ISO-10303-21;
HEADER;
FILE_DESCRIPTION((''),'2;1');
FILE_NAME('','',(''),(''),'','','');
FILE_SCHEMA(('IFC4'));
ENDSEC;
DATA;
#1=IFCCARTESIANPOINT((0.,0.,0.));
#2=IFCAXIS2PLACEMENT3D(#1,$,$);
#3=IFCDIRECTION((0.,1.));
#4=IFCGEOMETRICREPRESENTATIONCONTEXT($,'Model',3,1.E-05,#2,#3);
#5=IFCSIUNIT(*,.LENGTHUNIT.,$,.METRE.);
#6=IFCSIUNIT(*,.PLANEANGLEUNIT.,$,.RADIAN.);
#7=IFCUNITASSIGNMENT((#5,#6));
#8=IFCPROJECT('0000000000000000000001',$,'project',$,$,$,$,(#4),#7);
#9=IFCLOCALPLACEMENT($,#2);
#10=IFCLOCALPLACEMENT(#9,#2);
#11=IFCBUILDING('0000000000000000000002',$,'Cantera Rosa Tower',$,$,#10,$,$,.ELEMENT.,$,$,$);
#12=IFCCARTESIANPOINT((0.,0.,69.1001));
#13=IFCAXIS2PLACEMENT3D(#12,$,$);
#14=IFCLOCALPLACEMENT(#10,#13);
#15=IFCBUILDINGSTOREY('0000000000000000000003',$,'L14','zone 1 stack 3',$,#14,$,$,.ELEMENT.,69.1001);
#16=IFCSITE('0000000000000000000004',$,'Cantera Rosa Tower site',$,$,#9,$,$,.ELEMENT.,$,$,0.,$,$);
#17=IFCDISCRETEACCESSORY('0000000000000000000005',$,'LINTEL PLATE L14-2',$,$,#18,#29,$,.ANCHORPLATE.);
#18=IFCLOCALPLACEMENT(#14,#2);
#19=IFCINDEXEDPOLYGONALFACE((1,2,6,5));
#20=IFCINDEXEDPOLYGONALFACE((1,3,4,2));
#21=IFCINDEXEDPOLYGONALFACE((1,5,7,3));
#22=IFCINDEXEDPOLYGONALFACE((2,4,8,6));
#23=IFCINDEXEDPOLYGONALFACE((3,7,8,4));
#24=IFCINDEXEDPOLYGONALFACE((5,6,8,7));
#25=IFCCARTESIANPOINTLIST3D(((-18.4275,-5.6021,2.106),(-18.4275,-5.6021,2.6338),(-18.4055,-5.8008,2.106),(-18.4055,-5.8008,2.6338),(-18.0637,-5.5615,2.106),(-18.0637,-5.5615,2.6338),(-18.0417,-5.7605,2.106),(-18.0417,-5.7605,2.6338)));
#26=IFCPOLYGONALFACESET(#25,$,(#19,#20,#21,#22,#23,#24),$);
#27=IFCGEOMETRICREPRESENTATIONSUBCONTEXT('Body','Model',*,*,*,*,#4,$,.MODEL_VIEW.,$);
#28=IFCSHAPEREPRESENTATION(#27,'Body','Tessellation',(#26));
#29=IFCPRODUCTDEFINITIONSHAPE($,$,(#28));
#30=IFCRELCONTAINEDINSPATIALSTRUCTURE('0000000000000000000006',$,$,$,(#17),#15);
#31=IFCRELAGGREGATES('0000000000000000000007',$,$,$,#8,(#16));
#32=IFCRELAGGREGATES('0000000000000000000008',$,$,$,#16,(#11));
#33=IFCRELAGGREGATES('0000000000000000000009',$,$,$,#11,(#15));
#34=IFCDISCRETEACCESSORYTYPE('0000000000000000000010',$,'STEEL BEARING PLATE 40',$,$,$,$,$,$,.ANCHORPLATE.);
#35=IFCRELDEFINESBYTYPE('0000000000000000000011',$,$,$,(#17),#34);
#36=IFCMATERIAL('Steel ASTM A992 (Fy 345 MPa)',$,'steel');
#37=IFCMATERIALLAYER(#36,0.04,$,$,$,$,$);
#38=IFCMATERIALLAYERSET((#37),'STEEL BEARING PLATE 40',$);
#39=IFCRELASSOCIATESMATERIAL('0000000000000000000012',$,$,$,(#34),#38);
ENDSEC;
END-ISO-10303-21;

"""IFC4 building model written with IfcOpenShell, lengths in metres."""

from ifc_helpers import new_model, si_unit, direction, frame, origin, place, context, subcontext, project, spatial, polyline, outline, extrude, material, layer, layer_set, type_object, element, save


model = new_model("IFC4")

# Units and contexts
model_context = context("Model", 3, precision=1e-05, world=origin(), true_north=direction((0.0, 1.0)))
body_context = subcontext(model_context, "Body", "Model", "MODEL_VIEW")
ifc_project = project(units=[si_unit("LENGTHUNIT", "METRE"), si_unit("PLANEANGLEUNIT", "RADIAN")], contexts=[model_context])

# Site, building, storey
site_placement = place(None, origin())
site = spatial("IfcSite", under=ifc_project, at=site_placement, Name="Cantera Rosa Tower site", CompositionType="ELEMENT", RefElevation=0.0)
building_placement = place(site_placement, origin())
building = spatial("IfcBuilding", under=site, at=building_placement, Name="Cantera Rosa Tower", CompositionType="ELEMENT")
storey_placement = place(building_placement, frame((0.0, 0.0, 69.1001)))
storey = spatial("IfcBuildingStorey", under=building, at=storey_placement, Name="L14", Description="zone 1 stack 3", CompositionType="ELEMENT", Elevation=69.1001)

# Discrete accessory
ifc_material_1 = material(Name="Steel ASTM A992 (Fy 345 MPa)", Category="steel")
ifc_layer_1 = layer(ifc_material_1, 0.04)
ifc_layer_set_1 = layer_set([ifc_layer_1], Name="STEEL BEARING PLATE 40")
discrete_accessory_type = type_object("IfcDiscreteAccessoryType", Name="STEEL BEARING PLATE 40", PredefinedType="ANCHORPLATE", material=ifc_layer_set_1)
discrete_accessory_1_placement = place(storey_placement, frame((0.0, 0.0, 2.106)))
element("IfcDiscreteAccessory", 1, at=discrete_accessory_1_placement, inside=storey, type_object=discrete_accessory_type, Name="LINTEL PLATE L14-2", PredefinedType="ANCHORPLATE", context=body_context, shape_type="SweptSolid", body=[
    extrude(outline(polyline([(-18.4275, -5.6021), (-18.4055, -5.8008), (-18.0417, -5.7605), (-18.0637, -5.5615), (-18.4275, -5.6021)])), origin(), (0.0, 0.0, 1.0), 0.5278),
])

save(model, "model.ifc")
